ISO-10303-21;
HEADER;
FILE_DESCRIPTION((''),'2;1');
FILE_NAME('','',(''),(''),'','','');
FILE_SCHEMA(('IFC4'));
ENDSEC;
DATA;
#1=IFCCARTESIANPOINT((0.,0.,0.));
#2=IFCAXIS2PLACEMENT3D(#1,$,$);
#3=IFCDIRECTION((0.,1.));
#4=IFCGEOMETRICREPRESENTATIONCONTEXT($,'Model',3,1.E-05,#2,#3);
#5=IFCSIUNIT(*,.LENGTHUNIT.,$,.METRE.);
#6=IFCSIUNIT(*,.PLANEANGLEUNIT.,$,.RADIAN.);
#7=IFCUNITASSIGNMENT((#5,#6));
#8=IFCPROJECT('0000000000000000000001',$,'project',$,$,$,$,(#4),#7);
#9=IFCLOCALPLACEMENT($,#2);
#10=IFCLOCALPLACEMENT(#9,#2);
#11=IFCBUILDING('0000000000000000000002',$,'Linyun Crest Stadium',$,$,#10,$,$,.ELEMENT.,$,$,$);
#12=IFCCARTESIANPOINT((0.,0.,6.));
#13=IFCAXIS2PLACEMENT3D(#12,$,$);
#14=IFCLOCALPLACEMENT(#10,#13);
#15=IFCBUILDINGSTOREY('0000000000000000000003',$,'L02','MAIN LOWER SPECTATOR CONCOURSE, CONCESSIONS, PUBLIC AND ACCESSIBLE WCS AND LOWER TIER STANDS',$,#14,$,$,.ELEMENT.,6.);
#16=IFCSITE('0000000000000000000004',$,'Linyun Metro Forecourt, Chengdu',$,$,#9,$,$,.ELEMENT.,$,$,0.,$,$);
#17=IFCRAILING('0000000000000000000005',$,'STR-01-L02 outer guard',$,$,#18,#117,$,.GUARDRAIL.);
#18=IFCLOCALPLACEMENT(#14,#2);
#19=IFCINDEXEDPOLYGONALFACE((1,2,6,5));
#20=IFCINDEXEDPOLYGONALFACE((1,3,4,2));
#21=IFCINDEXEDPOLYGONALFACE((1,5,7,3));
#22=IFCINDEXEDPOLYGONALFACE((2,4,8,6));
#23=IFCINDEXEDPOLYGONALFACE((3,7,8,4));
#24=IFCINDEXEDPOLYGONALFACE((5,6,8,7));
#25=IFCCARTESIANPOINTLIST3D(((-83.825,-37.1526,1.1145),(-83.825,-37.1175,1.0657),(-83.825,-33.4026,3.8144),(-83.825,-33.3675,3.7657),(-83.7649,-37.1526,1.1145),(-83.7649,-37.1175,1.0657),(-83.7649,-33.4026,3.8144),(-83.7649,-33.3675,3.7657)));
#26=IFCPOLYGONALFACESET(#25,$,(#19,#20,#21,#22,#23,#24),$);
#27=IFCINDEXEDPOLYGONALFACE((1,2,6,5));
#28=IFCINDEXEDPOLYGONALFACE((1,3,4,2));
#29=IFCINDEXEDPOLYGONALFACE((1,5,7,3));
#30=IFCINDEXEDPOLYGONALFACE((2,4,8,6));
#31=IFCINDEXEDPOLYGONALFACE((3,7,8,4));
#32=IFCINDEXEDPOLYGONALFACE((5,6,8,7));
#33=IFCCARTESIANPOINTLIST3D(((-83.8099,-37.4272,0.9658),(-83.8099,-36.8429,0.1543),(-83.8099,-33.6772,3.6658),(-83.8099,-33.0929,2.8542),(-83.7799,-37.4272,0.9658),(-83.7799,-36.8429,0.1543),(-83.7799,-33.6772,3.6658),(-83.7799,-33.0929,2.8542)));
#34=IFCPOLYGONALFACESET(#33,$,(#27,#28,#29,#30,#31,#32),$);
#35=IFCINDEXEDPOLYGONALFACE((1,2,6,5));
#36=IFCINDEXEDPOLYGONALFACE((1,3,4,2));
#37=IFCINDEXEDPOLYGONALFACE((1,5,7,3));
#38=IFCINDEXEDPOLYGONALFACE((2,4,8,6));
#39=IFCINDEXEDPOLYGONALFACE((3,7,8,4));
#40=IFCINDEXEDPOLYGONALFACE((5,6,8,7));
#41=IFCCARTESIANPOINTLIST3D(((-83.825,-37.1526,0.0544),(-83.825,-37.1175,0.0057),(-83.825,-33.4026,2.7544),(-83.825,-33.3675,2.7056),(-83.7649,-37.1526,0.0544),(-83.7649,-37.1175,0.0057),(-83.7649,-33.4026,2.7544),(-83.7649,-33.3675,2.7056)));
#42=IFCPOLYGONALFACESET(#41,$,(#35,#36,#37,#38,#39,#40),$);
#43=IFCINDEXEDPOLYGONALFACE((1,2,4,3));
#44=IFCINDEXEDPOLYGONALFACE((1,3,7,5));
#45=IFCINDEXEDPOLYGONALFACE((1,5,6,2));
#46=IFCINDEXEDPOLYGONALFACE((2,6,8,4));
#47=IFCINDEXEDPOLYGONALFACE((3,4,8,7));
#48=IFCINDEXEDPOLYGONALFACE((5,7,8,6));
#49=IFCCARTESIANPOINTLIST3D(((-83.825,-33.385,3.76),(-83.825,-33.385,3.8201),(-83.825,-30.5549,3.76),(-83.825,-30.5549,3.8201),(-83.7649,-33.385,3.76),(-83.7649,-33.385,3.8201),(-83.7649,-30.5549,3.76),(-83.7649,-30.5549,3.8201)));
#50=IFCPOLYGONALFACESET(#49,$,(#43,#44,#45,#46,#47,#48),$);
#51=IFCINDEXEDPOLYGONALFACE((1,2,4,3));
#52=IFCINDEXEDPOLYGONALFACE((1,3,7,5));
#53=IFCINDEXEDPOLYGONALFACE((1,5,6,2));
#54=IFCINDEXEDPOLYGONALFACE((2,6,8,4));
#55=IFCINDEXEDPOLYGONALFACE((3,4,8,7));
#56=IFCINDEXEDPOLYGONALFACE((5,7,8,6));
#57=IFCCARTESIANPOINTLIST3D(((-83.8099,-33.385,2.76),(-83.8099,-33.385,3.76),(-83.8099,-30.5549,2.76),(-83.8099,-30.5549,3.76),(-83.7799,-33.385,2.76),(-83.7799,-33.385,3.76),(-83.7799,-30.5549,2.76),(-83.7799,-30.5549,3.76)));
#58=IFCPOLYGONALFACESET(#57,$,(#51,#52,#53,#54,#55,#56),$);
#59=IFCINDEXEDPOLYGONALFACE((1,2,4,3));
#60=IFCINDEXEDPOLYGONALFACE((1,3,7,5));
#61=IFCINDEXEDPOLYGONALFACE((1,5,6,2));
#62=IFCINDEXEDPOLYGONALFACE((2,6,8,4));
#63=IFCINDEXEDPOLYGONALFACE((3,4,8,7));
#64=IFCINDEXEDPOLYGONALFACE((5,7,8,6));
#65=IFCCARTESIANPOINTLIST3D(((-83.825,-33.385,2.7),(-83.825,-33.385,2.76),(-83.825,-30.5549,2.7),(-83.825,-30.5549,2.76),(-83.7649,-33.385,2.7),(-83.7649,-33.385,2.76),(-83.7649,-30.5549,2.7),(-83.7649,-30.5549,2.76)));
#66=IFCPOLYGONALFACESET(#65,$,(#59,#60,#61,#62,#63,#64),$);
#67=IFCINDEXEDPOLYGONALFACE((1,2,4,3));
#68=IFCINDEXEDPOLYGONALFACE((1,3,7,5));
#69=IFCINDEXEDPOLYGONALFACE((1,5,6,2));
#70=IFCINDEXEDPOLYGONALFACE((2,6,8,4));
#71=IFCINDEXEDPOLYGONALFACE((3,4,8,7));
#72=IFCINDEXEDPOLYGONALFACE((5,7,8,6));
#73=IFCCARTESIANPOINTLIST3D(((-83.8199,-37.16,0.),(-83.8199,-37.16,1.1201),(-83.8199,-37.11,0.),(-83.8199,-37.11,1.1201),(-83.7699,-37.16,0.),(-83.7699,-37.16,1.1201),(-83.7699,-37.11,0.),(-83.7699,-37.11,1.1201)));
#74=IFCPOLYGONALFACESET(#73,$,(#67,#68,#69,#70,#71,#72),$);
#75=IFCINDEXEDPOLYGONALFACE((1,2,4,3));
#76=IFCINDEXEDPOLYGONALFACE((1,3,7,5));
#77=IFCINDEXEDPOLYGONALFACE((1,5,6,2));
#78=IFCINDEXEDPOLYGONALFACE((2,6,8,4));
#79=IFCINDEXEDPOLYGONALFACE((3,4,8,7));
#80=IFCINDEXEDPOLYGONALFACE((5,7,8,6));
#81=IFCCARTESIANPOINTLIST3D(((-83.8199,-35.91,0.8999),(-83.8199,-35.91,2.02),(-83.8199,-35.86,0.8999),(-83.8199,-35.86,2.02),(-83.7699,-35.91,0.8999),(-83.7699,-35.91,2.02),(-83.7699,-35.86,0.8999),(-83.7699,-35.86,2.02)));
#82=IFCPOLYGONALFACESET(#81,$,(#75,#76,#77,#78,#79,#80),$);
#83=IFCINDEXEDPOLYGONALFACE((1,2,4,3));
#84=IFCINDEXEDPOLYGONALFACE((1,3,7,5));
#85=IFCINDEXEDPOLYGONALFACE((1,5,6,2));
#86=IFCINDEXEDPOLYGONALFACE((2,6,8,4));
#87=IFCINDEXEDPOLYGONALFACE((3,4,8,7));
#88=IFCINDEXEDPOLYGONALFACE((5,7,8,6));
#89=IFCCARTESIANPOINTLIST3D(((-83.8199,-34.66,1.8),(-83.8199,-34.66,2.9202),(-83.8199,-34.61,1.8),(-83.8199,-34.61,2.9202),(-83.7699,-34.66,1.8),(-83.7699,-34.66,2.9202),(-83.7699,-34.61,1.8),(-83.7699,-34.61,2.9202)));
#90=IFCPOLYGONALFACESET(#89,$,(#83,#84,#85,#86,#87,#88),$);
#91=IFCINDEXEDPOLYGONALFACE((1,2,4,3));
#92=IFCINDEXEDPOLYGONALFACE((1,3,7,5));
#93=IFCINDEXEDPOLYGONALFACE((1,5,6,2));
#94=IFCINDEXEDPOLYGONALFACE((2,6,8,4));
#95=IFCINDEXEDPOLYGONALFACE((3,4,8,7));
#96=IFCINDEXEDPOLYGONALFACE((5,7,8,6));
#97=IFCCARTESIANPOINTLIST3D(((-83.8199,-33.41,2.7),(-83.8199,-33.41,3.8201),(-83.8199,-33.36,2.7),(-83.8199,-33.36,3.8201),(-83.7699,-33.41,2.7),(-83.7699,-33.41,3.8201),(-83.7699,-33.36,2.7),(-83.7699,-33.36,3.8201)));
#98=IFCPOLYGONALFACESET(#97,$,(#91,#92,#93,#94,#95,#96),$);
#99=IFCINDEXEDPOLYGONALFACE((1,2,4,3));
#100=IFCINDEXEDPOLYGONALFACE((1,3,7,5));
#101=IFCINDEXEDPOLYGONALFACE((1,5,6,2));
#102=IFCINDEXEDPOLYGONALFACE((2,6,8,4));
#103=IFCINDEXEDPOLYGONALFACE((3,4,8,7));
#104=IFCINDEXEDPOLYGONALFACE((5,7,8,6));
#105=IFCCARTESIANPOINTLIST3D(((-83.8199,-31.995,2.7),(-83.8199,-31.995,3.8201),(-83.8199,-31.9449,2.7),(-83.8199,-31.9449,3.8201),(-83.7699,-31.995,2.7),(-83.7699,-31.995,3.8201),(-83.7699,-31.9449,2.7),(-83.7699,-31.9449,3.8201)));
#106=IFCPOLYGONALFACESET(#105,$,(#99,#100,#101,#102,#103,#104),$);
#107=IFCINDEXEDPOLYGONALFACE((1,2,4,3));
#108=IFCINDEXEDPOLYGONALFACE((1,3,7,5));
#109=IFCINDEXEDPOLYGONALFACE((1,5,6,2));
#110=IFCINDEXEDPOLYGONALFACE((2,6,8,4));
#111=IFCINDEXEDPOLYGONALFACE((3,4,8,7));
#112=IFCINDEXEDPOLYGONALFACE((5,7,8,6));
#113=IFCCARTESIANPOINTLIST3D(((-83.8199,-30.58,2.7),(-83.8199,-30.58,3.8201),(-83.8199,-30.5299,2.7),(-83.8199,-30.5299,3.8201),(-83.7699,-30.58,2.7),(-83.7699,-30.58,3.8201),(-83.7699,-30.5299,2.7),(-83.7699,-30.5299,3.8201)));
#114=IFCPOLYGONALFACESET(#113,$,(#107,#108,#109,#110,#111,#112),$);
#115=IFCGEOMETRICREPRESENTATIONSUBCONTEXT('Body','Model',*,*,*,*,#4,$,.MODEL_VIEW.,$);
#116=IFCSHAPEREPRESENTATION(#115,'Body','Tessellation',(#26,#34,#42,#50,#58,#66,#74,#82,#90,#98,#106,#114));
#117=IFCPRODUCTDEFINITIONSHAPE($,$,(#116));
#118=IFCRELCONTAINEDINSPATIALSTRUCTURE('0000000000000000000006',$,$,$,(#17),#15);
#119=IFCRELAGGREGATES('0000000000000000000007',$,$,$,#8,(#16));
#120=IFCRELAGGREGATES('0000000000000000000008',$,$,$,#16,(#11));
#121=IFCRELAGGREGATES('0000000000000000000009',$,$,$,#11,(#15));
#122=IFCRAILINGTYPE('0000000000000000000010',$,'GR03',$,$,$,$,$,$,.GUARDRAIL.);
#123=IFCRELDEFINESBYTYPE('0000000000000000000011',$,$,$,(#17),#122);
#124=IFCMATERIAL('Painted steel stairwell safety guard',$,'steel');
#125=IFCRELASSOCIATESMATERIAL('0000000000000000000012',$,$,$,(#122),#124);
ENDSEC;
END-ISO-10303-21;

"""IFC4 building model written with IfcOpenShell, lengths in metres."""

from ifc_helpers import new_model, si_unit, direction, frame, origin, origin_2d, place, context, subcontext, project, spatial, rectangle, extrude, material, type_object, element, save


model = new_model("IFC4")

# Units and contexts
model_context = context("Model", 3, precision=1e-05, world=origin(), true_north=direction((0.0, 1.0)))
body_context = subcontext(model_context, "Body", "Model", "MODEL_VIEW")
ifc_project = project(units=[si_unit("LENGTHUNIT", "METRE"), si_unit("PLANEANGLEUNIT", "RADIAN")], contexts=[model_context])

# Site, building, storey
site_placement = place(None, origin())
site = spatial("IfcSite", under=ifc_project, at=site_placement, Name="Linyun Metro Forecourt, Chengdu", CompositionType="ELEMENT", RefElevation=0.0)
building_placement = place(site_placement, origin())
building = spatial("IfcBuilding", under=site, at=building_placement, Name="Linyun Crest Stadium", CompositionType="ELEMENT")
storey_placement = place(building_placement, frame((0.0, 0.0, 6.0)))
storey = spatial("IfcBuildingStorey", under=building, at=storey_placement, Name="L02", Description="MAIN LOWER SPECTATOR CONCOURSE, CONCESSIONS, PUBLIC AND ACCESSIBLE WCS AND LOWER TIER STANDS", CompositionType="ELEMENT", Elevation=6.0)

# Railing
ifc_material_1 = material(Name="Painted steel stairwell safety guard", Category="steel")
railing_type_1 = type_object("IfcRailingType", Name="GR03", PredefinedType="GUARDRAIL", material=ifc_material_1)
railing_1_placement = place(storey_placement, frame((-83.7949, -37.135, 0.0)))
element("IfcRailing", 1, at=railing_1_placement, inside=storey, type_object=railing_type_1, Name="STR-01-L02 outer guard", PredefinedType="GUARDRAIL", context=body_context, shape_type="SweptSolid", body=[
    extrude(rectangle(XDim=0.0601, YDim=0.0601, at=origin_2d()), frame((0.0, 0.0, 1.0901), z_axis=(0.0, 0.811539, 0.584298), x_axis=(-1.0, 0.0, 0.0)), (0.0, 0.0, 1.0), 4.6208),
    extrude(rectangle(XDim=0.03, YDim=1.0, at=origin_2d()), frame((0.0, 0.0, 0.5601), z_axis=(0.0, 0.811539, 0.584298), x_axis=(-1.0, 0.0, 0.0)), (0.0, 0.0, 1.0), 4.6208),
    extrude(rectangle(XDim=0.0601, YDim=0.0601, at=origin_2d()), frame((0.0, 0.0, 0.03), z_axis=(0.0, 0.811539, 0.584298), x_axis=(-1.0, 0.0, 0.0)), (0.0, 0.0, 1.0), 4.6208),
    extrude(rectangle(XDim=0.0601, YDim=0.0601, at=origin_2d()), frame((0.0, 3.75, 3.79), z_axis=(0.0, 1.0, 0.0), x_axis=(-1.0, 0.0, 0.0)), (0.0, 0.0, 1.0), 2.8301),
    extrude(rectangle(XDim=0.03, YDim=1.0, at=origin_2d()), frame((0.0, 3.75, 3.26), z_axis=(0.0, 1.0, 0.0), x_axis=(-1.0, 0.0, 0.0)), (0.0, 0.0, 1.0), 2.8301),
    extrude(rectangle(XDim=0.0601, YDim=0.0601, at=origin_2d()), frame((0.0, 3.75, 2.73), z_axis=(0.0, 1.0, 0.0), x_axis=(-1.0, 0.0, 0.0)), (0.0, 0.0, 1.0), 2.8301),
    extrude(rectangle(XDim=0.05, YDim=0.05, at=origin_2d()), origin(), (0.0, 0.0, 1.0), 1.1201),
    extrude(rectangle(XDim=0.05, YDim=0.05, at=origin_2d()), frame((0.0, 1.25, 0.8999)), (0.0, 0.0, 1.0), 1.1201),
    extrude(rectangle(XDim=0.05, YDim=0.05, at=origin_2d()), frame((0.0, 2.5, 1.8)), (0.0, 0.0, 1.0), 1.1201),
    extrude(rectangle(XDim=0.05, YDim=0.05, at=origin_2d()), frame((0.0, 3.75, 2.7)), (0.0, 0.0, 1.0), 1.1201),
    extrude(rectangle(XDim=0.05, YDim=0.05, at=origin_2d()), frame((0.0, 5.165, 2.7)), (0.0, 0.0, 1.0), 1.1201),
    extrude(rectangle(XDim=0.05, YDim=0.05, at=origin_2d()), frame((0.0, 6.5801, 2.7)), (0.0, 0.0, 1.0), 1.1201),
])

save(model, "model.ifc")
